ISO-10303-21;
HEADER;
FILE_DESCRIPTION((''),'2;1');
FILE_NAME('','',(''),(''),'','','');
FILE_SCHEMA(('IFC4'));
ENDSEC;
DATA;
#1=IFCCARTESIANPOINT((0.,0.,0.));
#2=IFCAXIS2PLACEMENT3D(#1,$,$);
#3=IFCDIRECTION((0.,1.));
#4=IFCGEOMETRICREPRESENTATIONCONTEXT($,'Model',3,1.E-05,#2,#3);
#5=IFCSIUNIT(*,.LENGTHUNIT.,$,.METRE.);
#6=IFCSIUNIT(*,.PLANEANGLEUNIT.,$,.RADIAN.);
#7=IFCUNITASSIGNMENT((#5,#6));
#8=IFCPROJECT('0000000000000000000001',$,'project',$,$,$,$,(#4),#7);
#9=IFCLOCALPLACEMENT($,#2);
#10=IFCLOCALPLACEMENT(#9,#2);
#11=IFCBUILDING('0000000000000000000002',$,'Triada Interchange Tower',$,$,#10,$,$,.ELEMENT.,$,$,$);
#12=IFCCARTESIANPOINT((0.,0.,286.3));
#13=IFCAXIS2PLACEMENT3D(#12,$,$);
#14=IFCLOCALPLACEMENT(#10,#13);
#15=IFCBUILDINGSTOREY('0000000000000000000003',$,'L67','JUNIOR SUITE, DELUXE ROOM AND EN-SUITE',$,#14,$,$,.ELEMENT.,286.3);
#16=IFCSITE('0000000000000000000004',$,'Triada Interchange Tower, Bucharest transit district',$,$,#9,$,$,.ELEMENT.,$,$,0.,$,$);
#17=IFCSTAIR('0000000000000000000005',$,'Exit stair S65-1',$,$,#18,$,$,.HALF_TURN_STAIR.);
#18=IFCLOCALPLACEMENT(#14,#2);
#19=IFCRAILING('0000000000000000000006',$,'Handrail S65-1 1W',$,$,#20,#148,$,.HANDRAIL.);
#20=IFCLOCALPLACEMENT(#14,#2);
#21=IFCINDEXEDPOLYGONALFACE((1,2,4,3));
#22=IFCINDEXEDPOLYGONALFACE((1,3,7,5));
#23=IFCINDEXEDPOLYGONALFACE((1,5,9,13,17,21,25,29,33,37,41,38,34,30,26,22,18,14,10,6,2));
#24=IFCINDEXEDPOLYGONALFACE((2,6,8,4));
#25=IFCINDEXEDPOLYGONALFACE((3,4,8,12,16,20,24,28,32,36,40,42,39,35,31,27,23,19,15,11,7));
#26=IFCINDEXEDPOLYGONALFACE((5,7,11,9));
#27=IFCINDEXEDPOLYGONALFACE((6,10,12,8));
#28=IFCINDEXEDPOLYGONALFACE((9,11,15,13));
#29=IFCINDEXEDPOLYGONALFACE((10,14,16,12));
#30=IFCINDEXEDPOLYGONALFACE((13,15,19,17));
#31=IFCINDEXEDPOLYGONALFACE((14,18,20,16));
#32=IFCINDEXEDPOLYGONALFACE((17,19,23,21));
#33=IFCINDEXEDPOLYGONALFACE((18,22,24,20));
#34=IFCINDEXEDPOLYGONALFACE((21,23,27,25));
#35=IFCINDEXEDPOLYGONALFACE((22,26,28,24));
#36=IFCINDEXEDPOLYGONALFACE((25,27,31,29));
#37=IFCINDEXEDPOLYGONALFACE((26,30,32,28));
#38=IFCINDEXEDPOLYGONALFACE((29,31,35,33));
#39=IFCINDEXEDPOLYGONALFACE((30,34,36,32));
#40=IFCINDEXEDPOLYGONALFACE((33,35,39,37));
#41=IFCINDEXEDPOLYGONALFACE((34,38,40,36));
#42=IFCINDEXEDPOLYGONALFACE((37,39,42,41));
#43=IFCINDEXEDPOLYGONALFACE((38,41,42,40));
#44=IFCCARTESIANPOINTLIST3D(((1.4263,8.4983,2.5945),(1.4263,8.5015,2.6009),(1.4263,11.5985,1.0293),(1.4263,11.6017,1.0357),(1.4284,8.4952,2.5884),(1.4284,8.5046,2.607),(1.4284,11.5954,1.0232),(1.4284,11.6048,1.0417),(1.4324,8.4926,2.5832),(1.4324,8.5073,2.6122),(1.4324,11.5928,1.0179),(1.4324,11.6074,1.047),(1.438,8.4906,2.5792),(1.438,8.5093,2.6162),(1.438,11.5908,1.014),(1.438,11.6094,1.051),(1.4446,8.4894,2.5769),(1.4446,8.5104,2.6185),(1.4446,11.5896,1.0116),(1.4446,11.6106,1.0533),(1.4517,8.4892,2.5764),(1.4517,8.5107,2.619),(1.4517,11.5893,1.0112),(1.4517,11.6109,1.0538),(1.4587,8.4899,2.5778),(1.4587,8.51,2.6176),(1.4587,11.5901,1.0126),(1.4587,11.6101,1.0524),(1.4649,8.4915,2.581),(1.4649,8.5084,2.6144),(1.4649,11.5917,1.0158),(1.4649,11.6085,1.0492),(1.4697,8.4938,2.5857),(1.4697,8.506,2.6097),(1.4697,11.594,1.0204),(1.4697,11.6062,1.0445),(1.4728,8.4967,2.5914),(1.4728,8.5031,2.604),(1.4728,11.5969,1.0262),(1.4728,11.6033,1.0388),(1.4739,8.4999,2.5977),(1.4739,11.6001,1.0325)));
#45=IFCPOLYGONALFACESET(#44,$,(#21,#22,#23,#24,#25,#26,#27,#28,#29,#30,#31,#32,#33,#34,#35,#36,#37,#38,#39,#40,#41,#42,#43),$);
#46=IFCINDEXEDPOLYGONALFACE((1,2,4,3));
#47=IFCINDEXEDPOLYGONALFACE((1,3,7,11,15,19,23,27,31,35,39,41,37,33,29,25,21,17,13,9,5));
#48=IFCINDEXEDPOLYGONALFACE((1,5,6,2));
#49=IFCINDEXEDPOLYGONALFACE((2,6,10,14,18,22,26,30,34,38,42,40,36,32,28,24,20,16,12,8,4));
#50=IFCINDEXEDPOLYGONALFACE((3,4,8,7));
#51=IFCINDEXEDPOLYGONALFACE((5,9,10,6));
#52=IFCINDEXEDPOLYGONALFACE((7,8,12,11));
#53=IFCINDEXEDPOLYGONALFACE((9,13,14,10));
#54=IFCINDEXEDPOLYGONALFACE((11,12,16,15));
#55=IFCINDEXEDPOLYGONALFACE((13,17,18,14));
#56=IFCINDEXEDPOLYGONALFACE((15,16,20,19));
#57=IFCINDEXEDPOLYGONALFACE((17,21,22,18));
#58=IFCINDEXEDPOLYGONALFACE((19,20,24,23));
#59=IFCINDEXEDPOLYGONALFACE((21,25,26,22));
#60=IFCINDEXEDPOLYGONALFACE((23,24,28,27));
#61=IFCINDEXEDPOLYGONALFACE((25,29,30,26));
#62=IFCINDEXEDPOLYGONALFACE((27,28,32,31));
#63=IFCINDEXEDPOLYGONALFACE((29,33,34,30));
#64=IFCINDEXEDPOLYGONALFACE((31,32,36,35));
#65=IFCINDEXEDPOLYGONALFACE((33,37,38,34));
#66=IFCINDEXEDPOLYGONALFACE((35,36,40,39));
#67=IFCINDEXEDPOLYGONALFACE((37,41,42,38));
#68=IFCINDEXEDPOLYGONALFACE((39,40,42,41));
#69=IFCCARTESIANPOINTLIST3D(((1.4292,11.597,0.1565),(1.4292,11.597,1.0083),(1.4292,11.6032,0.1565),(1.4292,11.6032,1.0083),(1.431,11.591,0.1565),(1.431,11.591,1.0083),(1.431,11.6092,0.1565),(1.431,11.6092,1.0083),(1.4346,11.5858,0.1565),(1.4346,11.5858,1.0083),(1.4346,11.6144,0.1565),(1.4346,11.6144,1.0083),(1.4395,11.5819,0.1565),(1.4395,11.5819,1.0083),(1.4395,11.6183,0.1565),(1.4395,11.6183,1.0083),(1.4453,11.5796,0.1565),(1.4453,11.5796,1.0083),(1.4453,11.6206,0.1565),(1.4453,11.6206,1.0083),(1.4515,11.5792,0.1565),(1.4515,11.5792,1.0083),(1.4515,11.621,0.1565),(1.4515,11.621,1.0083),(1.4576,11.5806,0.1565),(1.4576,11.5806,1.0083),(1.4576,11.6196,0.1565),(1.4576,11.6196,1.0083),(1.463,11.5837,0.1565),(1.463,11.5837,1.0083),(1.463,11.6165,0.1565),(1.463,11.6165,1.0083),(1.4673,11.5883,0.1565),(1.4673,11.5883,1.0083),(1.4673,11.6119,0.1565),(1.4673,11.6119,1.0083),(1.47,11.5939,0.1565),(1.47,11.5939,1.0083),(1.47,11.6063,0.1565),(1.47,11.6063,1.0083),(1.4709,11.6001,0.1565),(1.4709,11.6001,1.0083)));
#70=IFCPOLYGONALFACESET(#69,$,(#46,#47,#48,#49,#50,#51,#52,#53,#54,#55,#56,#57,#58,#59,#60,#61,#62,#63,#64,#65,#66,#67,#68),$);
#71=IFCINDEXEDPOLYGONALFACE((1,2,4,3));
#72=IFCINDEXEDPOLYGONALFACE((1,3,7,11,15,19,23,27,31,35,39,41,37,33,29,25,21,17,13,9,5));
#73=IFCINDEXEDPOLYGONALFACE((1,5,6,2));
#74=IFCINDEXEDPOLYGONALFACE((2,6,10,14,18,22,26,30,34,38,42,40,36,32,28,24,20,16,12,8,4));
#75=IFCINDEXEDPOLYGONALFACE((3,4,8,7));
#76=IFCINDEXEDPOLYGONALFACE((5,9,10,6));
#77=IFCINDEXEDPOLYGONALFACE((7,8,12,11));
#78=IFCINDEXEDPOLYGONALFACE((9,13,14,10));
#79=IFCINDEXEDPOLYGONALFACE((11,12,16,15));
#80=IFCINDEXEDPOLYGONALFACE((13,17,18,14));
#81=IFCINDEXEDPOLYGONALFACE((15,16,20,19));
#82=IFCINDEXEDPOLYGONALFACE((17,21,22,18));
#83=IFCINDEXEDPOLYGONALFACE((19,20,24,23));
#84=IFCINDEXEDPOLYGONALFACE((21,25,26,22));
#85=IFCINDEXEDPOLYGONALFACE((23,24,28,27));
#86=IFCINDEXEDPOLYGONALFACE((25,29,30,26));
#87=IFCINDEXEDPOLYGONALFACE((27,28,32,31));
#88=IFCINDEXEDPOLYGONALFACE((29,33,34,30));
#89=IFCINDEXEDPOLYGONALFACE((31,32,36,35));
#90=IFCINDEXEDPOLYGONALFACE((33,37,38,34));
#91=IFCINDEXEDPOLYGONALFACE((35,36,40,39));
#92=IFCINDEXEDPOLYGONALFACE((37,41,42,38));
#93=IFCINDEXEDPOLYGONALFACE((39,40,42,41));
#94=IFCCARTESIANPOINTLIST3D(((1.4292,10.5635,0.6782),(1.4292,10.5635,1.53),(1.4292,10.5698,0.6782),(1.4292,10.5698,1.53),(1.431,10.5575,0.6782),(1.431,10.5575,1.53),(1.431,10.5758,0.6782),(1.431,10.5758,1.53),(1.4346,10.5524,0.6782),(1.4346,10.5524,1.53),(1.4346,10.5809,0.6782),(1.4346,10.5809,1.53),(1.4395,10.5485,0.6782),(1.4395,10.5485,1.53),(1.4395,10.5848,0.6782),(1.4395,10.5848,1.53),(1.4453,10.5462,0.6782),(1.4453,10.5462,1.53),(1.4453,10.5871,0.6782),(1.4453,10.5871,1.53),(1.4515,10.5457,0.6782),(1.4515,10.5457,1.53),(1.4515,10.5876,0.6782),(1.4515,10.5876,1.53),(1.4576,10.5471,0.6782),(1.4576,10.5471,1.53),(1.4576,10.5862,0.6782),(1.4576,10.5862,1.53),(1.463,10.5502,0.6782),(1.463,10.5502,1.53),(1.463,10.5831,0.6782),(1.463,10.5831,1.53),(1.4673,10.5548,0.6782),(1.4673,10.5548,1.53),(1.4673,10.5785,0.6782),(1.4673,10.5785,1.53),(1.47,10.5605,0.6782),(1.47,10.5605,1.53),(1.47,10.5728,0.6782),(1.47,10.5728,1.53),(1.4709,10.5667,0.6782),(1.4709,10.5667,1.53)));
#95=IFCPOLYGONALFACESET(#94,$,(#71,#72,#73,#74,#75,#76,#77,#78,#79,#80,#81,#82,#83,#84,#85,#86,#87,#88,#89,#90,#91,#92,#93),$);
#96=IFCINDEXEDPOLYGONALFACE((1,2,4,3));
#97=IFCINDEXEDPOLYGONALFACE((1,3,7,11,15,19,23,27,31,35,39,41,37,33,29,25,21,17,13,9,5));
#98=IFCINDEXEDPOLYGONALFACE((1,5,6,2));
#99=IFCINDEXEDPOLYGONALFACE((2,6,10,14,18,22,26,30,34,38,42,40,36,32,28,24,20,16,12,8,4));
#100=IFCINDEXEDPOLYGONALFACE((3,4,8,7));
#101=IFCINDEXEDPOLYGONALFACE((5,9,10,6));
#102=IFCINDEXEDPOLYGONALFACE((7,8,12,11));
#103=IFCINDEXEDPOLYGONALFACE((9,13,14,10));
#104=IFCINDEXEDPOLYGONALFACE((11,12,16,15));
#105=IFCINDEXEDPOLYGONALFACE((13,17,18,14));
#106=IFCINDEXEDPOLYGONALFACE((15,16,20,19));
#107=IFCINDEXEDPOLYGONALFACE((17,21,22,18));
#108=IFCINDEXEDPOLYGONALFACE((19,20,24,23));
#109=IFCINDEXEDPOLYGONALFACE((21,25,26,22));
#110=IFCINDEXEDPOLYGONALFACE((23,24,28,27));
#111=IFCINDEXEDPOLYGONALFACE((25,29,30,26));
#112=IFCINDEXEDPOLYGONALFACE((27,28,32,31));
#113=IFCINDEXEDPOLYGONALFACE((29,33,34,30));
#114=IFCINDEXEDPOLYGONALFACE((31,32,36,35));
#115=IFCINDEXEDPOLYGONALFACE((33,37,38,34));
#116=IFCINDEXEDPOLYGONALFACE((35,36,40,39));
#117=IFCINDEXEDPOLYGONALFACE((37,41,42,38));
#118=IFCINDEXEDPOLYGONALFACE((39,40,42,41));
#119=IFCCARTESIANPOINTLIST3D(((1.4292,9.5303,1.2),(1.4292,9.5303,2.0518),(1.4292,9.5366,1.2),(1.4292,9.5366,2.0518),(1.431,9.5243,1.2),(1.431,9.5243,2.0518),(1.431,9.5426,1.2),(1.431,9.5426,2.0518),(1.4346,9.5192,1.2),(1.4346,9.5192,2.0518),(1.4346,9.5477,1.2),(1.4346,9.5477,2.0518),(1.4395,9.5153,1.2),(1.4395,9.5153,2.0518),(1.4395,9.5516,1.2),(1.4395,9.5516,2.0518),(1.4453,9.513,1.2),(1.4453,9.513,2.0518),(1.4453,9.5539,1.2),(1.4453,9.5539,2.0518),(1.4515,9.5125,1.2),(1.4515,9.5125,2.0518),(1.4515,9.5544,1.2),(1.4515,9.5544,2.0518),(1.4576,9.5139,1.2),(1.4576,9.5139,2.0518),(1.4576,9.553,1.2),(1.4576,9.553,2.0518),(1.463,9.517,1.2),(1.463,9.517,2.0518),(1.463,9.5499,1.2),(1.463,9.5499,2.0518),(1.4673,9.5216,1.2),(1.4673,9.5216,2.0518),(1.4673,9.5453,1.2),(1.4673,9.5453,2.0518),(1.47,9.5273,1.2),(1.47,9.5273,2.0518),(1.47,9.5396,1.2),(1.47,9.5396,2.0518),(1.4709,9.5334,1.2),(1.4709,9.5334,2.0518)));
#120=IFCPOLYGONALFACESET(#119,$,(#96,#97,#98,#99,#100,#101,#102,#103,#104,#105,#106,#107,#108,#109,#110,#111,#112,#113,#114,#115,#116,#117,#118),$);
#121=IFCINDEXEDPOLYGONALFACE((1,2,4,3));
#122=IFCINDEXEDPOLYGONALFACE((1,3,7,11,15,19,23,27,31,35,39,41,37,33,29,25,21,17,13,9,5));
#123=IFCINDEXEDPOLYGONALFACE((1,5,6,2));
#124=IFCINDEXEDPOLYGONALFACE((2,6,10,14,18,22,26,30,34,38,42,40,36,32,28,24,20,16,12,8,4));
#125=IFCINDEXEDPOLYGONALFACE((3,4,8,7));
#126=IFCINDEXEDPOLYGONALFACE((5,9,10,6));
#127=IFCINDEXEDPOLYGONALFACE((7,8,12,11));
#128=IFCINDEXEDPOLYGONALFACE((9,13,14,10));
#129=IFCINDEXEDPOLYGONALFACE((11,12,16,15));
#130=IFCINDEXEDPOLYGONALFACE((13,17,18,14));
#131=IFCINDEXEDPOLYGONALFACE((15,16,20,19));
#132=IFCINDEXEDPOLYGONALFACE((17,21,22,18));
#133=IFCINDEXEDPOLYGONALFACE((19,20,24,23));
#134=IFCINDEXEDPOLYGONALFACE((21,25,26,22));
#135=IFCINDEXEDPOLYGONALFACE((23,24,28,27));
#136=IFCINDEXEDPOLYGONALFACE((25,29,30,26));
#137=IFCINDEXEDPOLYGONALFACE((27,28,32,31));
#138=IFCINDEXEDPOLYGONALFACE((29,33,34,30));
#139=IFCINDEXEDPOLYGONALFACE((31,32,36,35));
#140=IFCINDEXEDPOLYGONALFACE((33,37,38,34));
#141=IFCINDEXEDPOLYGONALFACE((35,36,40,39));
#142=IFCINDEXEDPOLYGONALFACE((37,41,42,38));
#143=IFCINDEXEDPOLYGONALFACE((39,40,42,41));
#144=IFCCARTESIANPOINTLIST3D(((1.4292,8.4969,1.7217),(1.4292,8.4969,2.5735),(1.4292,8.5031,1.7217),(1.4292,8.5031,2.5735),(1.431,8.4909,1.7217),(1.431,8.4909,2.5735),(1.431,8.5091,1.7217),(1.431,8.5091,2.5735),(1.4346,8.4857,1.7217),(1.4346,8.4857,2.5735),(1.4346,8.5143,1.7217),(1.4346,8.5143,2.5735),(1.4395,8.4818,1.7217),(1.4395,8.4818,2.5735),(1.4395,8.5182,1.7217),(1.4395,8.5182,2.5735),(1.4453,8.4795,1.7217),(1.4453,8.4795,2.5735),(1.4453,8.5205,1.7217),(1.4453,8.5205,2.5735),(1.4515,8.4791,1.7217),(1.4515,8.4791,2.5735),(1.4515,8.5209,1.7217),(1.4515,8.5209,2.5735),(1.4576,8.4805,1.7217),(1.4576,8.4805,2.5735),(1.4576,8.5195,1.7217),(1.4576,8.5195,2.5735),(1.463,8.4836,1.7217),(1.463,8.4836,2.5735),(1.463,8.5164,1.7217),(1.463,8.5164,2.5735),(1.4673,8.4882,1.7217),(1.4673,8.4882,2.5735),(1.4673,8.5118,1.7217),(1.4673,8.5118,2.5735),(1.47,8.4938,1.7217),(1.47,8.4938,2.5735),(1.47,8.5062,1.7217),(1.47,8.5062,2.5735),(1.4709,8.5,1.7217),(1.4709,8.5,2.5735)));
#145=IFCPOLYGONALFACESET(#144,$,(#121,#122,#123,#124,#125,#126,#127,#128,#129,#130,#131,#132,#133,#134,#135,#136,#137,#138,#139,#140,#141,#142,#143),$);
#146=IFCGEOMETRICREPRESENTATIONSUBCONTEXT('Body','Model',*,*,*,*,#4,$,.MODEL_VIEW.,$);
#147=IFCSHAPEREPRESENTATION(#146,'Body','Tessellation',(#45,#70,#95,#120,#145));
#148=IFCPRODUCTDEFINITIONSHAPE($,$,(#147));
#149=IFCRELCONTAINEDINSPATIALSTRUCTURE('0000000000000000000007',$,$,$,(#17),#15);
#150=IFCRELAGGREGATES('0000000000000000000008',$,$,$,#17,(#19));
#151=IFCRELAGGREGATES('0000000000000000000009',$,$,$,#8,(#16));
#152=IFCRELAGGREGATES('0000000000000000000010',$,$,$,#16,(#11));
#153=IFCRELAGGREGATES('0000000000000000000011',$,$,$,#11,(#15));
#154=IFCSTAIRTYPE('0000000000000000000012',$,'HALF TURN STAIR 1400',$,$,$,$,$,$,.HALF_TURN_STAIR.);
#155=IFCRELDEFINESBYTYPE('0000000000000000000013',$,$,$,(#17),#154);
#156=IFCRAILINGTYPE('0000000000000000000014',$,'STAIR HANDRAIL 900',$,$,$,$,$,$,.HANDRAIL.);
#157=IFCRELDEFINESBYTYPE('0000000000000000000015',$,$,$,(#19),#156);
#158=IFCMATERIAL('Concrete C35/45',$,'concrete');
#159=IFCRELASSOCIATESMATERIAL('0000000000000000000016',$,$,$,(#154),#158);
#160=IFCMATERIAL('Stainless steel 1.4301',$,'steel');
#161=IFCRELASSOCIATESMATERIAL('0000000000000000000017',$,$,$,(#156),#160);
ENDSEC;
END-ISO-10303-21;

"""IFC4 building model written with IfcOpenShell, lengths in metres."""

from ifc_helpers import new_model, si_unit, direction, frame, origin, origin_2d, place, context, subcontext, project, spatial, circle, extrude, material, type_object, element, aggregate, save


model = new_model("IFC4")

# Units and contexts
model_context = context("Model", 3, precision=1e-05, world=origin(), true_north=direction((0.0, 1.0)))
body_context = subcontext(model_context, "Body", "Model", "MODEL_VIEW")
ifc_project = project(units=[si_unit("LENGTHUNIT", "METRE"), si_unit("PLANEANGLEUNIT", "RADIAN")], contexts=[model_context])

# Site, building, storey
site_placement = place(None, origin())
site = spatial("IfcSite", under=ifc_project, at=site_placement, Name="Triada Interchange Tower, Bucharest transit district", CompositionType="ELEMENT", RefElevation=0.0)
building_placement = place(site_placement, origin())
building = spatial("IfcBuilding", under=site, at=building_placement, Name="Triada Interchange Tower", CompositionType="ELEMENT")
storey_placement = place(building_placement, frame((0.0, 0.0, 286.3)))
storey = spatial("IfcBuildingStorey", under=building, at=storey_placement, Name="L67", Description="JUNIOR SUITE, DELUXE ROOM AND EN-SUITE", CompositionType="ELEMENT", Elevation=286.3)

# Stair
ifc_material_1 = material(Name="Concrete C35/45", Category="concrete")
stair_type = type_object("IfcStairType", Name="HALF TURN STAIR 1400", PredefinedType="HALF_TURN_STAIR", material=ifc_material_1)
stair_placement = place(storey_placement, origin())
stair = element("IfcStair", 1, at=stair_placement, inside=storey, type_object=stair_type, Name="Exit stair S65-1", PredefinedType="HALF_TURN_STAIR")

# Railing
ifc_material_2 = material(Name="Stainless steel 1.4301", Category="steel")
railing_type = type_object("IfcRailingType", Name="STAIR HANDRAIL 900", PredefinedType="HANDRAIL", material=ifc_material_2)
railing_1_placement = place(storey_placement, frame((1.45, 11.6001, 0.1565)))
railing_1 = element("IfcRailing", 2, at=railing_1_placement, type_object=railing_type, Name="Handrail S65-1 1W", PredefinedType="HANDRAIL", context=body_context, shape_type="SweptSolid", body=[
    extrude(circle(Radius=0.0239, at=origin_2d()), frame((0.0, 0.0, 0.876), z_axis=(0.0, -0.892677, 0.450697), x_axis=(1.0, 0.0, 0.0)), (0.0, 0.0, 1.0), 3.4729),
    extrude(circle(Radius=0.021, at=origin_2d()), origin(), (0.0, 0.0, 1.0), 0.8518),
    extrude(circle(Radius=0.021, at=origin_2d()), frame((0.0, -1.0334, 0.5217)), (0.0, 0.0, 1.0), 0.8518),
    extrude(circle(Radius=0.021, at=origin_2d()), frame((0.0, -2.0667, 1.0435)), (0.0, 0.0, 1.0), 0.8518),
    extrude(circle(Radius=0.021, at=origin_2d()), frame((0.0, -3.1001, 1.5652)), (0.0, 0.0, 1.0), 0.8518),
])
aggregate(stair, [railing_1])

save(model, "model.ifc")
